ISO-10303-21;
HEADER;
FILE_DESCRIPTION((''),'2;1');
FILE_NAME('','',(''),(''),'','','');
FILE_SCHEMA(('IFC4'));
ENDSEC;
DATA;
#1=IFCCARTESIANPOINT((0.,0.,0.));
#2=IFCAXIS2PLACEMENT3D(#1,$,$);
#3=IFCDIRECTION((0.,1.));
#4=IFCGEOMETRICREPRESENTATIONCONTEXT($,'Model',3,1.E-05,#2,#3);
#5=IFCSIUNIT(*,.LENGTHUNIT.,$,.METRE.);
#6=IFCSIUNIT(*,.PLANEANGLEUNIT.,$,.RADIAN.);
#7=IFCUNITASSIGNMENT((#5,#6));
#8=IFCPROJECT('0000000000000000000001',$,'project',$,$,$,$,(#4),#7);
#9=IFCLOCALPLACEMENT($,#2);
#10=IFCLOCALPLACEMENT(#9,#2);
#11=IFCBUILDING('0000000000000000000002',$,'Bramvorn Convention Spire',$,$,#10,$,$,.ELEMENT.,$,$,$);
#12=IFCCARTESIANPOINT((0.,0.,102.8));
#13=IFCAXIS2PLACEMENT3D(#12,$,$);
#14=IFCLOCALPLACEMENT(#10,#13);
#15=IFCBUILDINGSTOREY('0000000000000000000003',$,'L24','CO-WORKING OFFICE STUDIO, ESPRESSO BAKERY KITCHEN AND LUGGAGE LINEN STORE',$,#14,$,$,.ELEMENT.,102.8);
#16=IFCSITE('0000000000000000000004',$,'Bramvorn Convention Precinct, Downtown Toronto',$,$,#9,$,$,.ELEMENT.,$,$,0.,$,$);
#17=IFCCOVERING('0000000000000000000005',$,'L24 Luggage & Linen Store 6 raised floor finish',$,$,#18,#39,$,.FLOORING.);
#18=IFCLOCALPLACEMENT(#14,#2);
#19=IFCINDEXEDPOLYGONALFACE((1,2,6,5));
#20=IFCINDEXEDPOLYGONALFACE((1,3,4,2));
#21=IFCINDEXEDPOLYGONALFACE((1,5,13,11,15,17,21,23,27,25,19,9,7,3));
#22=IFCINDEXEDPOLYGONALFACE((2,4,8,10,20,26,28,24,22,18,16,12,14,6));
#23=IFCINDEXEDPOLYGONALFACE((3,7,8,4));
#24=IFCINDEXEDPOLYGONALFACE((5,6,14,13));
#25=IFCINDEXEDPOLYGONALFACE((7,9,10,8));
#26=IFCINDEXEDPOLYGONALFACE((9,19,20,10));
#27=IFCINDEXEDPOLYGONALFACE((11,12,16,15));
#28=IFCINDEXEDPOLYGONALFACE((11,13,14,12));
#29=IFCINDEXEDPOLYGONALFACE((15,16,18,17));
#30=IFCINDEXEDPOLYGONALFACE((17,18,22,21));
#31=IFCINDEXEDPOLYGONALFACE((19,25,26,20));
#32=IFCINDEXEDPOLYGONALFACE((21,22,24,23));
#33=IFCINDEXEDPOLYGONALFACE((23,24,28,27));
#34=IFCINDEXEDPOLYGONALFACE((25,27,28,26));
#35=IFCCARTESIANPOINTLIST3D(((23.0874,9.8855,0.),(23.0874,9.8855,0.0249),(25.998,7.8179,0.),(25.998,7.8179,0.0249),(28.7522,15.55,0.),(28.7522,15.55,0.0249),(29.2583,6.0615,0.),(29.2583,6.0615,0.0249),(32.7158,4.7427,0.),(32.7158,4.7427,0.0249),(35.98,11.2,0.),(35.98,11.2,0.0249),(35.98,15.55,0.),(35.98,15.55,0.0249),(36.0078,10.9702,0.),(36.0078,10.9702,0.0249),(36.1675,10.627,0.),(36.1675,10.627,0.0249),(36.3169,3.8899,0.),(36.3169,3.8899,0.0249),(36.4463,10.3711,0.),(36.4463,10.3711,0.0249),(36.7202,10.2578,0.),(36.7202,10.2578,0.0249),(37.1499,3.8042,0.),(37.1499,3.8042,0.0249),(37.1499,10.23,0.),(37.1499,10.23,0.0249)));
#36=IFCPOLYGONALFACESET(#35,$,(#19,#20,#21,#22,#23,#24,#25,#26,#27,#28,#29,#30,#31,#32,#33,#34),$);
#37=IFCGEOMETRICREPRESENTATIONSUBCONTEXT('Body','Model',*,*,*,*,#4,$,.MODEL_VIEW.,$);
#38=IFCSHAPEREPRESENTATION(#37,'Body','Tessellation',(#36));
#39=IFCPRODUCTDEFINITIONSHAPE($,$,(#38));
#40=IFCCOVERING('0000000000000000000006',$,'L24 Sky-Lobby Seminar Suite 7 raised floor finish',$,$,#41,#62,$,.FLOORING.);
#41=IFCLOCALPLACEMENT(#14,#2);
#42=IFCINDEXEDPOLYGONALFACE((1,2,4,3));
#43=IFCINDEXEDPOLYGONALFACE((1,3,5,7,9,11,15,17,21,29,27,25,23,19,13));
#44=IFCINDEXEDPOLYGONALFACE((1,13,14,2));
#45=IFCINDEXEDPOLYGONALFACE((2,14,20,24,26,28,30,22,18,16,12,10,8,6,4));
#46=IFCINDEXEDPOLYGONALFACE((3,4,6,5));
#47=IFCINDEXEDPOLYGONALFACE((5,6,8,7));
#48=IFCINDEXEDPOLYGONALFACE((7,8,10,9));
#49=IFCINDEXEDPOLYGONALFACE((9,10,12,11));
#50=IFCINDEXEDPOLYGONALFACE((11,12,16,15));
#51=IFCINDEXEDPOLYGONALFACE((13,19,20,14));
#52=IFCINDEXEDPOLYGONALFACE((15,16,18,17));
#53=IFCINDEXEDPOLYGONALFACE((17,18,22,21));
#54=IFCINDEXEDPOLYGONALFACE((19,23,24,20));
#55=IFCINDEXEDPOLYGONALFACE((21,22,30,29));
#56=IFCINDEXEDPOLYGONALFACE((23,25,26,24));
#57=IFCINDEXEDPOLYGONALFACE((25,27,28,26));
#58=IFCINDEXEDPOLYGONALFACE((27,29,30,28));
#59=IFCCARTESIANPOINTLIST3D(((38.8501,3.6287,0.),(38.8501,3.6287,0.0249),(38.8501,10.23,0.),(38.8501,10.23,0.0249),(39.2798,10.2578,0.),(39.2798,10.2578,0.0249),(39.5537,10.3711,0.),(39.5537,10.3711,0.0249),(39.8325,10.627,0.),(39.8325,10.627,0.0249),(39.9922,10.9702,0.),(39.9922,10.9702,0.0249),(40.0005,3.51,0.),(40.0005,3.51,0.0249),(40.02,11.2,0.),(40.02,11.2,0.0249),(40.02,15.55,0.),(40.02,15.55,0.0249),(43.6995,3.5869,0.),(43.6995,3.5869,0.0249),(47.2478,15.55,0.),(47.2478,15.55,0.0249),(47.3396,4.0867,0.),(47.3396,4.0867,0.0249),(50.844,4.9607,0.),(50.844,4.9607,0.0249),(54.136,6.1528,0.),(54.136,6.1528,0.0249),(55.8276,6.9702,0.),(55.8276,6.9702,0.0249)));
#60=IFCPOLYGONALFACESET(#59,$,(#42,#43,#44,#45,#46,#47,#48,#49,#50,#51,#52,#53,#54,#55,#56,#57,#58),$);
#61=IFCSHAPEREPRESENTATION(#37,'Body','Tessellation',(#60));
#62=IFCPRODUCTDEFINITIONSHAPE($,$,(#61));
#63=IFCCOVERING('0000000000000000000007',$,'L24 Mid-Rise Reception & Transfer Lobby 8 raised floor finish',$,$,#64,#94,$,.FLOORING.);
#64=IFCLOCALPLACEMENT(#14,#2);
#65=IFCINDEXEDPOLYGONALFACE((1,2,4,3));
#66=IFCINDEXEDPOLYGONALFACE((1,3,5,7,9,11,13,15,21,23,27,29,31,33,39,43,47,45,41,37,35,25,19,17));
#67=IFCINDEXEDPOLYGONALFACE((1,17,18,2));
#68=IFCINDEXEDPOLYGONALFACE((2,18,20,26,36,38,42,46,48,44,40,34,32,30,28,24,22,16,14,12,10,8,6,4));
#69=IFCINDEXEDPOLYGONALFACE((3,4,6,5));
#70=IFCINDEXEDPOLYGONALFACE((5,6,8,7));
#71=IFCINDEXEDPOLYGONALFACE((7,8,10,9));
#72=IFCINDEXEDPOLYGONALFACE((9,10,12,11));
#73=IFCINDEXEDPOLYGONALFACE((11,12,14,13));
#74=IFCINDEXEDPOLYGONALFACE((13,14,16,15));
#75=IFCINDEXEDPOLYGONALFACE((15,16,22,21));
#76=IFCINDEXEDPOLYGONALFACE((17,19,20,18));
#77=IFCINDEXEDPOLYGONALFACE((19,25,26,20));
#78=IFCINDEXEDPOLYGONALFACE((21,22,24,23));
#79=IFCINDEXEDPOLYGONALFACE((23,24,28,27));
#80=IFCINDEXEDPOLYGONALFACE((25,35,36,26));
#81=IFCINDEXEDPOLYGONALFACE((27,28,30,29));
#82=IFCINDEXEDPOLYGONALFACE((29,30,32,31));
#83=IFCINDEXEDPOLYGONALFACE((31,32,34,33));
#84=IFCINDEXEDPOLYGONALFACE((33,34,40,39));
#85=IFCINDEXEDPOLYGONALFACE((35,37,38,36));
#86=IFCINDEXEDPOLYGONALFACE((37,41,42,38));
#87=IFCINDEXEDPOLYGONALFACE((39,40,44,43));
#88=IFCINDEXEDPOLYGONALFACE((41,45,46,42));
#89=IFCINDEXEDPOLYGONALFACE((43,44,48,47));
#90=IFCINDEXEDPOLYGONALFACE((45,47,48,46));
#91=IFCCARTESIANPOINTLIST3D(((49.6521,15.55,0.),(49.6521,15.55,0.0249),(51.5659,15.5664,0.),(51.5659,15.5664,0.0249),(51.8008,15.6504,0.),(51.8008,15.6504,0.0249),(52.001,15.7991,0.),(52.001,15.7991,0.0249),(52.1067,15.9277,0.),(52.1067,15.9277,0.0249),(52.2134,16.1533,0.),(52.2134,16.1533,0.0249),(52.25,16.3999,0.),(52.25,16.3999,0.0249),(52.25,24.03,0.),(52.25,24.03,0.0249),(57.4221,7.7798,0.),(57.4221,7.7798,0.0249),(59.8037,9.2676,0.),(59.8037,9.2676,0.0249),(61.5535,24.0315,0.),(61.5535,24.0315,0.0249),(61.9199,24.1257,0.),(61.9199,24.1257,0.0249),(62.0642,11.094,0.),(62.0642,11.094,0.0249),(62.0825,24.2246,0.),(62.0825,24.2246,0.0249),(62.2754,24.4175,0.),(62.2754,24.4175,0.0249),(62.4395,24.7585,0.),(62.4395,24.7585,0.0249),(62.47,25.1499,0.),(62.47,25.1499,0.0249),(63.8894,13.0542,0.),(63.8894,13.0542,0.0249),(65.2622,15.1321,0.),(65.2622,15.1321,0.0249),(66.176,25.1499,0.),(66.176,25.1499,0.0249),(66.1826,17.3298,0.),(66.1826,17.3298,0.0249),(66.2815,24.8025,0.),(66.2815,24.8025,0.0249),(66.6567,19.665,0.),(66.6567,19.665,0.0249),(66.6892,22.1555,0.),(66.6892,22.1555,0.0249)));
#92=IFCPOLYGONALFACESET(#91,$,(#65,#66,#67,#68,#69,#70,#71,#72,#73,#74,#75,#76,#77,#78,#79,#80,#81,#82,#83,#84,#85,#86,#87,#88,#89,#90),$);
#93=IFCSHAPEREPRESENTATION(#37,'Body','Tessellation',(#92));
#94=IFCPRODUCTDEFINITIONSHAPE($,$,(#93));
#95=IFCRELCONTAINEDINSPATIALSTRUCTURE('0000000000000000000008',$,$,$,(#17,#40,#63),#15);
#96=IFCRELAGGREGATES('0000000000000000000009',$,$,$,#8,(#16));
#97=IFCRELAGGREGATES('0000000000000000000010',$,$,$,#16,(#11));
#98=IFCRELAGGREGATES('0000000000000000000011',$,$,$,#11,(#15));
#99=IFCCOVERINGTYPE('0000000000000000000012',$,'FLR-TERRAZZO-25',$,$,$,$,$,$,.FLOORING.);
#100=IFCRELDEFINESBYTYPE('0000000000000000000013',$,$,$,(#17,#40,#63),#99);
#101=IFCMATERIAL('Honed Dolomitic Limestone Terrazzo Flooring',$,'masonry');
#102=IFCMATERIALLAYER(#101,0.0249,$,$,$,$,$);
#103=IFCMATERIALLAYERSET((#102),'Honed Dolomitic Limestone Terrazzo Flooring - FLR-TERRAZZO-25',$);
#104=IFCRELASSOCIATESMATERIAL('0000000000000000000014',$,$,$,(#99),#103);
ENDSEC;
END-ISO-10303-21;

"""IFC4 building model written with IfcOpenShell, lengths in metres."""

from ifc_helpers import new_model, si_unit, direction, frame, origin, place, context, subcontext, project, spatial, polyline, outline, extrude, material, layer, layer_set, type_object, element, save


model = new_model("IFC4")

# Units and contexts
model_context = context("Model", 3, precision=1e-05, world=origin(), true_north=direction((0.0, 1.0)))
body_context = subcontext(model_context, "Body", "Model", "MODEL_VIEW")
ifc_project = project(units=[si_unit("LENGTHUNIT", "METRE"), si_unit("PLANEANGLEUNIT", "RADIAN")], contexts=[model_context])

# Site, building, storey
site_placement = place(None, origin())
site = spatial("IfcSite", under=ifc_project, at=site_placement, Name="Bramvorn Convention Precinct, Downtown Toronto", CompositionType="ELEMENT", RefElevation=0.0)
building_placement = place(site_placement, origin())
building = spatial("IfcBuilding", under=site, at=building_placement, Name="Bramvorn Convention Spire", CompositionType="ELEMENT")
storey_placement = place(building_placement, frame((0.0, 0.0, 102.8)))
storey = spatial("IfcBuildingStorey", under=building, at=storey_placement, Name="L24", Description="CO-WORKING OFFICE STUDIO, ESPRESSO BAKERY KITCHEN AND LUGGAGE LINEN STORE", CompositionType="ELEMENT", Elevation=102.8)

# Coverings
ifc_material_1 = material(Name="Honed Dolomitic Limestone Terrazzo Flooring", Category="masonry")
ifc_layer_1 = layer(ifc_material_1, 0.0249)
ifc_layer_set_1 = layer_set([ifc_layer_1], Name="Honed Dolomitic Limestone Terrazzo Flooring - FLR-TERRAZZO-25")
covering_type = type_object("IfcCoveringType", Name="FLR-TERRAZZO-25", PredefinedType="FLOORING", material=ifc_layer_set_1)
covering_1_placement = place(storey_placement, origin())
element("IfcCovering", 1, at=covering_1_placement, inside=storey, type_object=covering_type, Name="L24 Luggage & Linen Store 6 raised floor finish", PredefinedType="FLOORING", context=body_context, shape_type="SweptSolid", body=[
    extrude(outline(polyline([(25.998, 7.8179), (29.2583, 6.0615), (32.7158, 4.7427), (36.3169, 3.8899), (37.1499, 3.8042), (37.1499, 10.23), (36.7202, 10.2578), (36.4463, 10.3711), (36.1675, 10.627), (36.0078, 10.9702), (35.98, 11.2), (35.98, 15.55), (28.7522, 15.55), (23.0874, 9.8855), (25.998, 7.8179)])), origin(), (0.0, 0.0, 1.0), 0.0249),
])
covering_2_placement = place(storey_placement, origin())
element("IfcCovering", 2, at=covering_2_placement, inside=storey, type_object=covering_type, Name="L24 Sky-Lobby Seminar Suite 7 raised floor finish", PredefinedType="FLOORING", context=body_context, shape_type="SweptSolid", body=[
    extrude(outline(polyline([(54.136, 6.1528), (55.8276, 6.9702), (47.2478, 15.55), (40.02, 15.55), (40.02, 11.2), (39.9922, 10.9702), (39.8325, 10.627), (39.5537, 10.3711), (39.2798, 10.2578), (38.8501, 10.23), (38.8501, 3.6287), (40.0005, 3.51), (43.6995, 3.5869), (47.3396, 4.0867), (50.844, 4.9607), (54.136, 6.1528)])), origin(), (0.0, 0.0, 1.0), 0.0249),
])
covering_3_placement = place(storey_placement, origin())
element("IfcCovering", 3, at=covering_3_placement, inside=storey, type_object=covering_type, Name="L24 Mid-Rise Reception & Transfer Lobby 8 raised floor finish", PredefinedType="FLOORING", context=body_context, shape_type="SweptSolid", body=[
    extrude(outline(polyline([(59.8037, 9.2676), (62.0642, 11.094), (63.8894, 13.0542), (65.2622, 15.1321), (66.1826, 17.3298), (66.6567, 19.665), (66.6892, 22.1555), (66.2815, 24.8025), (66.176, 25.1499), (62.47, 25.1499), (62.4395, 24.7585), (62.2754, 24.4175), (62.0825, 24.2246), (61.9199, 24.1257), (61.5535, 24.0315), (52.25, 24.03), (52.25, 16.3999), (52.2134, 16.1533), (52.1067, 15.9277), (52.001, 15.7991), (51.8008, 15.6504), (51.5659, 15.5664), (49.6521, 15.55), (57.4221, 7.7798), (59.8037, 9.2676)])), origin(), (0.0, 0.0, 1.0), 0.0249),
])

save(model, "model.ifc")
